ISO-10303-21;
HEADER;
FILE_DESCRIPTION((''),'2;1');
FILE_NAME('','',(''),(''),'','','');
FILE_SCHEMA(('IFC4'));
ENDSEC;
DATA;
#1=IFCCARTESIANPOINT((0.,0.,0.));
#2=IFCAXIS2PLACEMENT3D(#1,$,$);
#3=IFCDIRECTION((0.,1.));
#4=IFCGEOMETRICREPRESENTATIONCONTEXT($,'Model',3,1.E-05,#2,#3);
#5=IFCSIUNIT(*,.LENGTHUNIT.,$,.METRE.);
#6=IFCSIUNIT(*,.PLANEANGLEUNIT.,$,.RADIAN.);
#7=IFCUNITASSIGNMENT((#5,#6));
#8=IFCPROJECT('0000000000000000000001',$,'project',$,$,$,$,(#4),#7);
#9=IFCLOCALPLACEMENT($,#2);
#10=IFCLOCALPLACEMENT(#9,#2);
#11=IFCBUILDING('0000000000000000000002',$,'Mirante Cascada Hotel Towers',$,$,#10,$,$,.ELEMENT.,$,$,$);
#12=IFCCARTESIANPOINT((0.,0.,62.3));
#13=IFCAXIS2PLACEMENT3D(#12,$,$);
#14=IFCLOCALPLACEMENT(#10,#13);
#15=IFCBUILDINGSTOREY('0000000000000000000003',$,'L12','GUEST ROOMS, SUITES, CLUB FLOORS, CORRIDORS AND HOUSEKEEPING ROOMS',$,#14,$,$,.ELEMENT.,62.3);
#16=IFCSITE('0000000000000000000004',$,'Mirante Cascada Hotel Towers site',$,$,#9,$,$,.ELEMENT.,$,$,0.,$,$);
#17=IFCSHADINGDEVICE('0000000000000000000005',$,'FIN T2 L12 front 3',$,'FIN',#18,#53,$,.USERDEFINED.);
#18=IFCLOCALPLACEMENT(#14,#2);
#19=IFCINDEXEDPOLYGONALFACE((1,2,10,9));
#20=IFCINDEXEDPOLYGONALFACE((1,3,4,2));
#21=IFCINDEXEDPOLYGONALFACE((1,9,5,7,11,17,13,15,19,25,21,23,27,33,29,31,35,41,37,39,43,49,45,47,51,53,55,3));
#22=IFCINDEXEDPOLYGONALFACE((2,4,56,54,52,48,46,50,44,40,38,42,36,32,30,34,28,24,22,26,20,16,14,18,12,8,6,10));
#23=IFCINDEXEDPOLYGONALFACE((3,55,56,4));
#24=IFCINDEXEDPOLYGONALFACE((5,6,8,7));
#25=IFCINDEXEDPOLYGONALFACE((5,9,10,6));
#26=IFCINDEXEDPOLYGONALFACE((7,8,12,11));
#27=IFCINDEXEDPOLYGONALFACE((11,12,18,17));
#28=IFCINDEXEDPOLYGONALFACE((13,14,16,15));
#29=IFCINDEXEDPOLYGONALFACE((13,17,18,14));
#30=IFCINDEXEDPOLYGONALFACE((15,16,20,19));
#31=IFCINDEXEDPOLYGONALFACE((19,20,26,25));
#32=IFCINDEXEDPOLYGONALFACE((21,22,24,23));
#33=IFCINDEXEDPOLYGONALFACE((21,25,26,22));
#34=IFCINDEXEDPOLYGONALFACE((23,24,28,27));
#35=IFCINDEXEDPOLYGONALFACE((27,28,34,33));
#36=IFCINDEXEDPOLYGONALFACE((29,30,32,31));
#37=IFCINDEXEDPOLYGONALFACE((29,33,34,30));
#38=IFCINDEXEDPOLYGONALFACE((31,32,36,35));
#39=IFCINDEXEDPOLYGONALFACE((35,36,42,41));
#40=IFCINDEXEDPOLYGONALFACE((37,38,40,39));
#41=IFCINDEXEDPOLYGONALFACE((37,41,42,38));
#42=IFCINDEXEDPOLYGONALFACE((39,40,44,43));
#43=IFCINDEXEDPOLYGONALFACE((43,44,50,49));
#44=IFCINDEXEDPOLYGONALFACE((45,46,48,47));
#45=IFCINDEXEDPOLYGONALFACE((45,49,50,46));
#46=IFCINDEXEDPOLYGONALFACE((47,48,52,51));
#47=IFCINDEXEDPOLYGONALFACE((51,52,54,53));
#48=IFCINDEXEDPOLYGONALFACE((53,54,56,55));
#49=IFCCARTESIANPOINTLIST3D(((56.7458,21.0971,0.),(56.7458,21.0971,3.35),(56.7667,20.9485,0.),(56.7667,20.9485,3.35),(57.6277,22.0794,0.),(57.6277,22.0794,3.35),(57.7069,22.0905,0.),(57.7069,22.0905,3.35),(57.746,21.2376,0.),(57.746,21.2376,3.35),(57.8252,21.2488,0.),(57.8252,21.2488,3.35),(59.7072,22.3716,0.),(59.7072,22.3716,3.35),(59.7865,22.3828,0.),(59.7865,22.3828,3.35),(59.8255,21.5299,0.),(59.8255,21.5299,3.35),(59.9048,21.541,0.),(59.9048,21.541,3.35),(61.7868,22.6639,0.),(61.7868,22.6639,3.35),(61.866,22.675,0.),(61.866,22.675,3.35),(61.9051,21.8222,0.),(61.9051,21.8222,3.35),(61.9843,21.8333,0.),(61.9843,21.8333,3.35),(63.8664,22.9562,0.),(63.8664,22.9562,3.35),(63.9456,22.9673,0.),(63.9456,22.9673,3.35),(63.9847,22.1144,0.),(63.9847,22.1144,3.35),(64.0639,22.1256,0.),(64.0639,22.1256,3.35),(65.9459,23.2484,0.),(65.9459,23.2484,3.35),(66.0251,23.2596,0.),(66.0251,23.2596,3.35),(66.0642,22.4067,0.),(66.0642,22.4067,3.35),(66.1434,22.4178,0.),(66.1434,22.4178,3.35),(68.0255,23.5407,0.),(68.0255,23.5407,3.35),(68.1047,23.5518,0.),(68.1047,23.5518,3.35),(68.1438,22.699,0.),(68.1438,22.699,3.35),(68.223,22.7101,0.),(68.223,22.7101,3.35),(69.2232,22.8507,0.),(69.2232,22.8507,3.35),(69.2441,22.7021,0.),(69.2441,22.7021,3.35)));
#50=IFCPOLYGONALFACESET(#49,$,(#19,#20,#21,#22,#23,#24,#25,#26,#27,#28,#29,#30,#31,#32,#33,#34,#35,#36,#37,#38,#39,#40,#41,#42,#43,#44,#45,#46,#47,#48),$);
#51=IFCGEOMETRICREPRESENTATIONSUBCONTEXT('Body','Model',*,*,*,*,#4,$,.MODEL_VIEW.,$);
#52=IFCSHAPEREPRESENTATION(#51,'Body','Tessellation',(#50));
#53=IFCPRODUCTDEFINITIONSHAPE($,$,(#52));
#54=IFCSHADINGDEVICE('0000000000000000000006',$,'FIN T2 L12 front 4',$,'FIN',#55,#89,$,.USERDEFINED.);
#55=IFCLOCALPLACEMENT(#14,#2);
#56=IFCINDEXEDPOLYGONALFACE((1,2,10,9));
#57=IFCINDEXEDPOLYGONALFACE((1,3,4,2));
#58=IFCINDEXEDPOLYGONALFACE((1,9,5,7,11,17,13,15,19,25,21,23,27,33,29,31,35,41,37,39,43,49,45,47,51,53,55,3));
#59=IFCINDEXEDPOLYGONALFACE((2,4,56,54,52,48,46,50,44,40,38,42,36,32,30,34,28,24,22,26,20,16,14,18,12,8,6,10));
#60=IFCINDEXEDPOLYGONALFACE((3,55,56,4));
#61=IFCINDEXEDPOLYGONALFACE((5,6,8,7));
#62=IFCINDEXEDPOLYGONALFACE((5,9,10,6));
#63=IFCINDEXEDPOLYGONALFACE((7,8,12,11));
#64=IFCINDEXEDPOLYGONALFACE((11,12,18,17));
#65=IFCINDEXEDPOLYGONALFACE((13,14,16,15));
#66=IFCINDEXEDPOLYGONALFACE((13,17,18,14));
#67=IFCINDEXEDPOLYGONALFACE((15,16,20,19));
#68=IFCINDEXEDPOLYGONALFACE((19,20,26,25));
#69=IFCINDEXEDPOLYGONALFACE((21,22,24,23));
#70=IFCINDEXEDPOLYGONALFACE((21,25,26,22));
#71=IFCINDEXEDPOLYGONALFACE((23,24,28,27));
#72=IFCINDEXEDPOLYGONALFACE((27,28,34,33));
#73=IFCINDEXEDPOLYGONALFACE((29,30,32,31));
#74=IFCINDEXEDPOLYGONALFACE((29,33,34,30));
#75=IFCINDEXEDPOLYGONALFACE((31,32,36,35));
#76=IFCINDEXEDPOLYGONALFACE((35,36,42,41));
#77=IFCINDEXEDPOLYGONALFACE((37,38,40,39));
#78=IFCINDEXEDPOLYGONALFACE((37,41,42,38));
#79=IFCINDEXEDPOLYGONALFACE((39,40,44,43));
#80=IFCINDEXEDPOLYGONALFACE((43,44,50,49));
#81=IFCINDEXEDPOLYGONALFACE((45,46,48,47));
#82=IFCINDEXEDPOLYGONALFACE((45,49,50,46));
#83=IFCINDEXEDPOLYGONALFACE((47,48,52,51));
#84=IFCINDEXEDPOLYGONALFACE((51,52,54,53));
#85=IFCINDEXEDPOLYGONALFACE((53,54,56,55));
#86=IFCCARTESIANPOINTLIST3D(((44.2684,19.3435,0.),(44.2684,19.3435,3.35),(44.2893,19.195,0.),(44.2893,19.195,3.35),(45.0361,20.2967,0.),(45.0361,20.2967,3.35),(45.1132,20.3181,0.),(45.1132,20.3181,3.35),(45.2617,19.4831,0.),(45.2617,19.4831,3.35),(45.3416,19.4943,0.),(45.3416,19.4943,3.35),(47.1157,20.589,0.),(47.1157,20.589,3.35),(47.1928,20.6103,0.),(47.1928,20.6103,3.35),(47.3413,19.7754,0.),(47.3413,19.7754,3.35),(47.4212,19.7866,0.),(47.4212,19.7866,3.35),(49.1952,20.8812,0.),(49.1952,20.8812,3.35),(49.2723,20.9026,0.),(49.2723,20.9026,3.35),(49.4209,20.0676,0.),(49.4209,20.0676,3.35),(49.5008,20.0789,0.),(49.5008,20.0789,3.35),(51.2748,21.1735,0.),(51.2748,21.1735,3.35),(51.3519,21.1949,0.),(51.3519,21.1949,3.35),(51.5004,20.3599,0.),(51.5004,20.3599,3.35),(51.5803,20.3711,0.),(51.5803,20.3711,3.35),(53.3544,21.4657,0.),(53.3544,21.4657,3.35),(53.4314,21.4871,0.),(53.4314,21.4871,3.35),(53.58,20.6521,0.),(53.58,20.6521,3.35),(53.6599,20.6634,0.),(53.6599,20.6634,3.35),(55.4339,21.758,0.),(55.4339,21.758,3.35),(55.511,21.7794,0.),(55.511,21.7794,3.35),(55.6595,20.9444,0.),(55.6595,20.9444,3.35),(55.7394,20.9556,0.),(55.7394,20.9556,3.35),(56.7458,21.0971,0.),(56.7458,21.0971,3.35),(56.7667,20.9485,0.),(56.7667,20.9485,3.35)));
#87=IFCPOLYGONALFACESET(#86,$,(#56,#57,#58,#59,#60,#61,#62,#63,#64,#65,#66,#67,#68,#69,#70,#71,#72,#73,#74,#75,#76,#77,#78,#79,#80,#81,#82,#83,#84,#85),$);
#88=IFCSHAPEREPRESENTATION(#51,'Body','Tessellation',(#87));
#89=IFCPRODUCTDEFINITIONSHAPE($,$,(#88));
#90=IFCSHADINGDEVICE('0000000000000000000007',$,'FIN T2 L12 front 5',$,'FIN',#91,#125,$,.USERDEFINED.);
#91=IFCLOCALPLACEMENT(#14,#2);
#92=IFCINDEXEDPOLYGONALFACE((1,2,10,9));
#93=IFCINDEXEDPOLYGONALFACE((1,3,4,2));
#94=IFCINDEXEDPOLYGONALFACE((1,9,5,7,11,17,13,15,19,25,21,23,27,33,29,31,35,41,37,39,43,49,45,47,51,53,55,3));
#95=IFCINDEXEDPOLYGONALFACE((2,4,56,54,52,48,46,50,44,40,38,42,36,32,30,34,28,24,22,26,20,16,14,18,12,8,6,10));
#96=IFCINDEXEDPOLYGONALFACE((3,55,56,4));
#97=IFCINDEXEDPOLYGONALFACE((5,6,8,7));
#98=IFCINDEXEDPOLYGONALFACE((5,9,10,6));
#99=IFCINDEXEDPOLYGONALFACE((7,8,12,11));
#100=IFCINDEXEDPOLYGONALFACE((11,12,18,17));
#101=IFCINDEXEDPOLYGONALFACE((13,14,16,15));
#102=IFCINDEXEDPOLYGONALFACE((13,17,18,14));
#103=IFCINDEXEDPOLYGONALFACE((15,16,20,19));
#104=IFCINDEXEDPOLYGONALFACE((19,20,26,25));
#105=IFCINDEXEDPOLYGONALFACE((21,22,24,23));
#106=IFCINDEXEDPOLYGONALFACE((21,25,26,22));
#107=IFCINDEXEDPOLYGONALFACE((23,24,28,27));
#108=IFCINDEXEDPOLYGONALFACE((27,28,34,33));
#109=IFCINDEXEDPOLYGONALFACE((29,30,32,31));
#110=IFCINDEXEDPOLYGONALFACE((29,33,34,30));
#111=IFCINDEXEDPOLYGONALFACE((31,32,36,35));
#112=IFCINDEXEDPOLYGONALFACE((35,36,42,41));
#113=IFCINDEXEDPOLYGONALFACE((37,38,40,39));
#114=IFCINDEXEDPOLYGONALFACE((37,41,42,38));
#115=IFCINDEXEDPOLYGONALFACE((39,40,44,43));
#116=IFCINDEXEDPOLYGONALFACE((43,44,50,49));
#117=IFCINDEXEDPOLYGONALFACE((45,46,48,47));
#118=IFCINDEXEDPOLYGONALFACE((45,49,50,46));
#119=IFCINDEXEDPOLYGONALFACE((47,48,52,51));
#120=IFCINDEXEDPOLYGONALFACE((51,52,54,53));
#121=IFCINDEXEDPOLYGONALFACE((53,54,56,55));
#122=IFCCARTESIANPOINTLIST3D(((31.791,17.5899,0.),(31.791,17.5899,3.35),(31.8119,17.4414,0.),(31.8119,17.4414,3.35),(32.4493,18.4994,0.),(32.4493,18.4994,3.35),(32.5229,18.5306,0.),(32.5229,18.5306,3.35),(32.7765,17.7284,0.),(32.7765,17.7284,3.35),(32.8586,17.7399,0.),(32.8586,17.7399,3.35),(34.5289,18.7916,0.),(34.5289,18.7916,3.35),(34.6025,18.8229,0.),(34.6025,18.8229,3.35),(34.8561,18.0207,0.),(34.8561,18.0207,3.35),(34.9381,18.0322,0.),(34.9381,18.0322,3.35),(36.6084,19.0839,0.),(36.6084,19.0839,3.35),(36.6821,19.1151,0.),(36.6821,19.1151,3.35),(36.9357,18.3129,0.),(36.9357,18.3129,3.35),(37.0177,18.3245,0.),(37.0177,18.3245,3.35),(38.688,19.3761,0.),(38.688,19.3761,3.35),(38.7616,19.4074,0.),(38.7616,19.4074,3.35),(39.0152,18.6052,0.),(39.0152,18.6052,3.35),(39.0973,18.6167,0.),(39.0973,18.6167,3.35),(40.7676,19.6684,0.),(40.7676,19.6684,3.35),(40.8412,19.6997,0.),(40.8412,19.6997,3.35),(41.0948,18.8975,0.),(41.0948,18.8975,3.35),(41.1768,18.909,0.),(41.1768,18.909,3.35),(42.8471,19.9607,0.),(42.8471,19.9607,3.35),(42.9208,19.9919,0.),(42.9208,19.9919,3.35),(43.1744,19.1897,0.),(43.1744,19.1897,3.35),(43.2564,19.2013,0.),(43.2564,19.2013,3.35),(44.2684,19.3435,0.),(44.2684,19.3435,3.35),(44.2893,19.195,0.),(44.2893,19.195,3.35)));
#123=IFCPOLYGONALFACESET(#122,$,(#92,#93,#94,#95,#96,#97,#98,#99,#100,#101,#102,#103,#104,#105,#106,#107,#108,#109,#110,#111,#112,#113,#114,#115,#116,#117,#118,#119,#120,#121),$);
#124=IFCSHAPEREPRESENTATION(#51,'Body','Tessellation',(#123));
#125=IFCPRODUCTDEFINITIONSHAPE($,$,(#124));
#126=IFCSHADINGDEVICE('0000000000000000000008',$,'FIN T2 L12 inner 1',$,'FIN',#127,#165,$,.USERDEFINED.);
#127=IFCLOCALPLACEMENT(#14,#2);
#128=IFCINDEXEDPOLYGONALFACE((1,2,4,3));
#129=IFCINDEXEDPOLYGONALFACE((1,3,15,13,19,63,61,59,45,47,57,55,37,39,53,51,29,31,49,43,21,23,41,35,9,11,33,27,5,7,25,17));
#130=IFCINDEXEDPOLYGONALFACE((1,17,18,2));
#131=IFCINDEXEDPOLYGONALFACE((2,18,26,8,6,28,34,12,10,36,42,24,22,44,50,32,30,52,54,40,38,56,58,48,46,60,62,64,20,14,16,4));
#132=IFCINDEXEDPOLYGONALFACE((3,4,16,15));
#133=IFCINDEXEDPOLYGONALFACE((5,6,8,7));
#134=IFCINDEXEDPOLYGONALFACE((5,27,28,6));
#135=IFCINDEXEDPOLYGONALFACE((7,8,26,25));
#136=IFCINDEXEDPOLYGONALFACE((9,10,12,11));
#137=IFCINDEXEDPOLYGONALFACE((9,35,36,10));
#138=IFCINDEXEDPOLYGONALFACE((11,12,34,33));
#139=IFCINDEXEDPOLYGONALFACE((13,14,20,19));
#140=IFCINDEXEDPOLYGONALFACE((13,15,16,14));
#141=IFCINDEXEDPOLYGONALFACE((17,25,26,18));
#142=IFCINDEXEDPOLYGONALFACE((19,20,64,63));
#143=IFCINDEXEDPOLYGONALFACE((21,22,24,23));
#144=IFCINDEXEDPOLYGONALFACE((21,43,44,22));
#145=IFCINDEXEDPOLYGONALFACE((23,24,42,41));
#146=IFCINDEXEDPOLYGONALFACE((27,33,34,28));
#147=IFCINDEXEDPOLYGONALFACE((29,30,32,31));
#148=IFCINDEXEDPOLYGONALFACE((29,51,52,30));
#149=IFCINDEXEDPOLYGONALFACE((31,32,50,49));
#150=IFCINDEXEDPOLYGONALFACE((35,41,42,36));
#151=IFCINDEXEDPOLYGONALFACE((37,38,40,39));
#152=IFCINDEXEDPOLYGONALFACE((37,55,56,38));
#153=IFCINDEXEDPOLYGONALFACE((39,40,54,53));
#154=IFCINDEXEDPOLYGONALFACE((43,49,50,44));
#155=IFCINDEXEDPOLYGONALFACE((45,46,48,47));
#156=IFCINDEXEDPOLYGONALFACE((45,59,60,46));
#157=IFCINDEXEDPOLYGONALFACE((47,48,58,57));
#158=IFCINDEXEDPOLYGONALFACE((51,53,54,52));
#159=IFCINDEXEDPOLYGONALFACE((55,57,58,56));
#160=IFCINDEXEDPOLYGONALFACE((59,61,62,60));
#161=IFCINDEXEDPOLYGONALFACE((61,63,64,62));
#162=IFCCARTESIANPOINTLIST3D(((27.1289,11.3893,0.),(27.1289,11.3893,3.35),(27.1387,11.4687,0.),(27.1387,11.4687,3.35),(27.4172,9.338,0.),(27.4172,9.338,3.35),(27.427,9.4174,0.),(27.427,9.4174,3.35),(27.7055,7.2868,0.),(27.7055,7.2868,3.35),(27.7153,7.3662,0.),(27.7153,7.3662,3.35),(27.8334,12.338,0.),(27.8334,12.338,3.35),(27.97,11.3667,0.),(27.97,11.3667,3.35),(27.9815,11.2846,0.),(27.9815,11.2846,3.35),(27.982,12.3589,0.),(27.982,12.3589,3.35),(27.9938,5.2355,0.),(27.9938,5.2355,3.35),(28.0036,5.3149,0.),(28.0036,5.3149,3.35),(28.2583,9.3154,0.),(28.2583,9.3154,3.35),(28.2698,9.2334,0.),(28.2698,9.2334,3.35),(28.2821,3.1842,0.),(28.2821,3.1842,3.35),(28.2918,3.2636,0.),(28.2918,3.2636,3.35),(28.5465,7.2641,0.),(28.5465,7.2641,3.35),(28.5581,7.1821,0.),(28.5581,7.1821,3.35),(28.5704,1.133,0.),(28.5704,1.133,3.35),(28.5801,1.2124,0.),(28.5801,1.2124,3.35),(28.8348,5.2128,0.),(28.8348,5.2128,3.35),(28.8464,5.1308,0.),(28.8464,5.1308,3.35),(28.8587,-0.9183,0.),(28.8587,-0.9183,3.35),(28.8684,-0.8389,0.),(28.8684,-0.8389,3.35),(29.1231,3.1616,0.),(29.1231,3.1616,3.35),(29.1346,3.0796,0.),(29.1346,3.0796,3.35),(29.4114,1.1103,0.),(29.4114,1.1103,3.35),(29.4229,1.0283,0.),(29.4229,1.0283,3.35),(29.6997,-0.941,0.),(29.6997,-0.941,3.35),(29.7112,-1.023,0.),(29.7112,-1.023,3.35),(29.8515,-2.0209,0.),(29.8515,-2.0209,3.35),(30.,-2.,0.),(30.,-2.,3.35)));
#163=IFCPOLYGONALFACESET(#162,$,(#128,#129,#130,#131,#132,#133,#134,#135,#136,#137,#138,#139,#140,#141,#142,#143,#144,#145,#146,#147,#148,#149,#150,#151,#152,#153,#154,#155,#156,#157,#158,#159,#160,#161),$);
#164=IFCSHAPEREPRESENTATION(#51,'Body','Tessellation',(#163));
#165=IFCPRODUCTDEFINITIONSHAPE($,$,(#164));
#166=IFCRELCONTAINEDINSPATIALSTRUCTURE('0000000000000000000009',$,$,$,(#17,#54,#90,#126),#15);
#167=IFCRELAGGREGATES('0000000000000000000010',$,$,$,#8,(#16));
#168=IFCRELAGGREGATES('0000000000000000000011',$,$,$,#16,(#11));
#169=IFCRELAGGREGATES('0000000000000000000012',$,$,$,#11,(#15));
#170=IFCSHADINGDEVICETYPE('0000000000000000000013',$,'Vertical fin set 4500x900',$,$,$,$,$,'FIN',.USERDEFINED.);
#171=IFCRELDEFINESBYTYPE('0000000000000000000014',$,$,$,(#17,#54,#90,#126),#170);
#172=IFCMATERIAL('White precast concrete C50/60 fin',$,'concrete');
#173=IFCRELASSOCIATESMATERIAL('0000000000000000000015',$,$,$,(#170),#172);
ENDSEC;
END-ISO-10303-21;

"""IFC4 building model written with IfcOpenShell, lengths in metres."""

from ifc_helpers import new_model, si_unit, direction, frame, origin, place, context, subcontext, project, spatial, polyline, outline, extrude, material, type_object, element, save


model = new_model("IFC4")

# Units and contexts
model_context = context("Model", 3, precision=1e-05, world=origin(), true_north=direction((0.0, 1.0)))
body_context = subcontext(model_context, "Body", "Model", "MODEL_VIEW")
ifc_project = project(units=[si_unit("LENGTHUNIT", "METRE"), si_unit("PLANEANGLEUNIT", "RADIAN")], contexts=[model_context])

# Site, building, storey
site_placement = place(None, origin())
site = spatial("IfcSite", under=ifc_project, at=site_placement, Name="Mirante Cascada Hotel Towers site", CompositionType="ELEMENT", RefElevation=0.0)
building_placement = place(site_placement, origin())
building = spatial("IfcBuilding", under=site, at=building_placement, Name="Mirante Cascada Hotel Towers", CompositionType="ELEMENT")
storey_placement = place(building_placement, frame((0.0, 0.0, 62.3)))
storey = spatial("IfcBuildingStorey", under=building, at=storey_placement, Name="L12", Description="GUEST ROOMS, SUITES, CLUB FLOORS, CORRIDORS AND HOUSEKEEPING ROOMS", CompositionType="ELEMENT", Elevation=62.3)

# Shading devices
ifc_material_1 = material(Name="White precast concrete C50/60 fin", Category="concrete")
shading_device_type = type_object("IfcShadingDeviceType", Name="Vertical fin set 4500x900", ElementType="FIN", PredefinedType="USERDEFINED", material=ifc_material_1)
shading_device_1_placement = place(storey_placement, origin())
element("IfcShadingDevice", 1, at=shading_device_1_placement, inside=storey, type_object=shading_device_type, Name="FIN T2 L12 front 3", ObjectType="FIN", PredefinedType="USERDEFINED", context=body_context, shape_type="SweptSolid", body=[
    extrude(outline(polyline([(57.7069, 22.0905), (57.8252, 21.2488), (59.8255, 21.5299), (59.7072, 22.3716), (59.7865, 22.3828), (59.9048, 21.541), (61.9051, 21.8222), (61.7868, 22.6639), (61.866, 22.675), (61.9843, 21.8333), (63.9847, 22.1144), (63.8664, 22.9562), (63.9456, 22.9673), (64.0639, 22.1256), (66.0642, 22.4067), (65.9459, 23.2484), (66.0251, 23.2596), (66.1434, 22.4178), (68.1438, 22.699), (68.0255, 23.5407), (68.1047, 23.5518), (68.223, 22.7101), (69.2232, 22.8507), (69.2441, 22.7021), (56.7667, 20.9485), (56.7458, 21.0971), (57.746, 21.2376), (57.6277, 22.0794), (57.7069, 22.0905)])), origin(), (0.0, 0.0, 1.0), 3.35),
])
shading_device_2_placement = place(storey_placement, origin())
element("IfcShadingDevice", 2, at=shading_device_2_placement, inside=storey, type_object=shading_device_type, Name="FIN T2 L12 front 4", ObjectType="FIN", PredefinedType="USERDEFINED", context=body_context, shape_type="SweptSolid", body=[
    extrude(outline(polyline([(45.1132, 20.3181), (45.3416, 19.4943), (47.3413, 19.7754), (47.1157, 20.589), (47.1928, 20.6103), (47.4212, 19.7866), (49.4209, 20.0676), (49.1952, 20.8812), (49.2723, 20.9026), (49.5008, 20.0789), (51.5004, 20.3599), (51.2748, 21.1735), (51.3519, 21.1949), (51.5803, 20.3711), (53.58, 20.6521), (53.3544, 21.4657), (53.4314, 21.4871), (53.6599, 20.6634), (55.6595, 20.9444), (55.4339, 21.758), (55.511, 21.7794), (55.7394, 20.9556), (56.7458, 21.0971), (56.7667, 20.9485), (44.2893, 19.195), (44.2684, 19.3435), (45.2617, 19.4831), (45.0361, 20.2967), (45.1132, 20.3181)])), origin(), (0.0, 0.0, 1.0), 3.35),
])
shading_device_3_placement = place(storey_placement, origin())
element("IfcShadingDevice", 3, at=shading_device_3_placement, inside=storey, type_object=shading_device_type, Name="FIN T2 L12 front 5", ObjectType="FIN", PredefinedType="USERDEFINED", context=body_context, shape_type="SweptSolid", body=[
    extrude(outline(polyline([(32.5229, 18.5306), (32.8586, 17.7399), (34.8561, 18.0207), (34.5289, 18.7916), (34.6025, 18.8229), (34.9381, 18.0322), (36.9357, 18.3129), (36.6084, 19.0839), (36.6821, 19.1151), (37.0177, 18.3245), (39.0152, 18.6052), (38.688, 19.3761), (38.7616, 19.4074), (39.0973, 18.6167), (41.0948, 18.8975), (40.7676, 19.6684), (40.8412, 19.6997), (41.1768, 18.909), (43.1744, 19.1897), (42.8471, 19.9607), (42.9208, 19.9919), (43.2564, 19.2013), (44.2684, 19.3435), (44.2893, 19.195), (31.8119, 17.4414), (31.791, 17.5899), (32.7765, 17.7284), (32.4493, 18.4994), (32.5229, 18.5306)])), origin(), (0.0, 0.0, 1.0), 3.35),
])
shading_device_4_placement = place(storey_placement, origin())
element("IfcShadingDevice", 4, at=shading_device_4_placement, inside=storey, type_object=shading_device_type, Name="FIN T2 L12 inner 1", ObjectType="FIN", PredefinedType="USERDEFINED", context=body_context, shape_type="SweptSolid", body=[
    extrude(outline(polyline([(28.8684, -0.8389), (29.6997, -0.941), (29.4229, 1.0283), (28.5704, 1.133), (28.5801, 1.2124), (29.4114, 1.1103), (29.1346, 3.0796), (28.2821, 3.1842), (28.2918, 3.2636), (29.1231, 3.1616), (28.8464, 5.1308), (27.9938, 5.2355), (28.0036, 5.3149), (28.8348, 5.2128), (28.5581, 7.1821), (27.7055, 7.2868), (27.7153, 7.3662), (28.5465, 7.2641), (28.2698, 9.2334), (27.4172, 9.338), (27.427, 9.4174), (28.2583, 9.3154), (27.9815, 11.2846), (27.1289, 11.3893), (27.1387, 11.4687), (27.97, 11.3667), (27.8334, 12.338), (27.982, 12.3589), (30.0, -2.0), (29.8515, -2.0209), (29.7112, -1.023), (28.8587, -0.9183), (28.8684, -0.8389)])), origin(), (0.0, 0.0, 1.0), 3.35),
])

save(model, "model.ifc")
